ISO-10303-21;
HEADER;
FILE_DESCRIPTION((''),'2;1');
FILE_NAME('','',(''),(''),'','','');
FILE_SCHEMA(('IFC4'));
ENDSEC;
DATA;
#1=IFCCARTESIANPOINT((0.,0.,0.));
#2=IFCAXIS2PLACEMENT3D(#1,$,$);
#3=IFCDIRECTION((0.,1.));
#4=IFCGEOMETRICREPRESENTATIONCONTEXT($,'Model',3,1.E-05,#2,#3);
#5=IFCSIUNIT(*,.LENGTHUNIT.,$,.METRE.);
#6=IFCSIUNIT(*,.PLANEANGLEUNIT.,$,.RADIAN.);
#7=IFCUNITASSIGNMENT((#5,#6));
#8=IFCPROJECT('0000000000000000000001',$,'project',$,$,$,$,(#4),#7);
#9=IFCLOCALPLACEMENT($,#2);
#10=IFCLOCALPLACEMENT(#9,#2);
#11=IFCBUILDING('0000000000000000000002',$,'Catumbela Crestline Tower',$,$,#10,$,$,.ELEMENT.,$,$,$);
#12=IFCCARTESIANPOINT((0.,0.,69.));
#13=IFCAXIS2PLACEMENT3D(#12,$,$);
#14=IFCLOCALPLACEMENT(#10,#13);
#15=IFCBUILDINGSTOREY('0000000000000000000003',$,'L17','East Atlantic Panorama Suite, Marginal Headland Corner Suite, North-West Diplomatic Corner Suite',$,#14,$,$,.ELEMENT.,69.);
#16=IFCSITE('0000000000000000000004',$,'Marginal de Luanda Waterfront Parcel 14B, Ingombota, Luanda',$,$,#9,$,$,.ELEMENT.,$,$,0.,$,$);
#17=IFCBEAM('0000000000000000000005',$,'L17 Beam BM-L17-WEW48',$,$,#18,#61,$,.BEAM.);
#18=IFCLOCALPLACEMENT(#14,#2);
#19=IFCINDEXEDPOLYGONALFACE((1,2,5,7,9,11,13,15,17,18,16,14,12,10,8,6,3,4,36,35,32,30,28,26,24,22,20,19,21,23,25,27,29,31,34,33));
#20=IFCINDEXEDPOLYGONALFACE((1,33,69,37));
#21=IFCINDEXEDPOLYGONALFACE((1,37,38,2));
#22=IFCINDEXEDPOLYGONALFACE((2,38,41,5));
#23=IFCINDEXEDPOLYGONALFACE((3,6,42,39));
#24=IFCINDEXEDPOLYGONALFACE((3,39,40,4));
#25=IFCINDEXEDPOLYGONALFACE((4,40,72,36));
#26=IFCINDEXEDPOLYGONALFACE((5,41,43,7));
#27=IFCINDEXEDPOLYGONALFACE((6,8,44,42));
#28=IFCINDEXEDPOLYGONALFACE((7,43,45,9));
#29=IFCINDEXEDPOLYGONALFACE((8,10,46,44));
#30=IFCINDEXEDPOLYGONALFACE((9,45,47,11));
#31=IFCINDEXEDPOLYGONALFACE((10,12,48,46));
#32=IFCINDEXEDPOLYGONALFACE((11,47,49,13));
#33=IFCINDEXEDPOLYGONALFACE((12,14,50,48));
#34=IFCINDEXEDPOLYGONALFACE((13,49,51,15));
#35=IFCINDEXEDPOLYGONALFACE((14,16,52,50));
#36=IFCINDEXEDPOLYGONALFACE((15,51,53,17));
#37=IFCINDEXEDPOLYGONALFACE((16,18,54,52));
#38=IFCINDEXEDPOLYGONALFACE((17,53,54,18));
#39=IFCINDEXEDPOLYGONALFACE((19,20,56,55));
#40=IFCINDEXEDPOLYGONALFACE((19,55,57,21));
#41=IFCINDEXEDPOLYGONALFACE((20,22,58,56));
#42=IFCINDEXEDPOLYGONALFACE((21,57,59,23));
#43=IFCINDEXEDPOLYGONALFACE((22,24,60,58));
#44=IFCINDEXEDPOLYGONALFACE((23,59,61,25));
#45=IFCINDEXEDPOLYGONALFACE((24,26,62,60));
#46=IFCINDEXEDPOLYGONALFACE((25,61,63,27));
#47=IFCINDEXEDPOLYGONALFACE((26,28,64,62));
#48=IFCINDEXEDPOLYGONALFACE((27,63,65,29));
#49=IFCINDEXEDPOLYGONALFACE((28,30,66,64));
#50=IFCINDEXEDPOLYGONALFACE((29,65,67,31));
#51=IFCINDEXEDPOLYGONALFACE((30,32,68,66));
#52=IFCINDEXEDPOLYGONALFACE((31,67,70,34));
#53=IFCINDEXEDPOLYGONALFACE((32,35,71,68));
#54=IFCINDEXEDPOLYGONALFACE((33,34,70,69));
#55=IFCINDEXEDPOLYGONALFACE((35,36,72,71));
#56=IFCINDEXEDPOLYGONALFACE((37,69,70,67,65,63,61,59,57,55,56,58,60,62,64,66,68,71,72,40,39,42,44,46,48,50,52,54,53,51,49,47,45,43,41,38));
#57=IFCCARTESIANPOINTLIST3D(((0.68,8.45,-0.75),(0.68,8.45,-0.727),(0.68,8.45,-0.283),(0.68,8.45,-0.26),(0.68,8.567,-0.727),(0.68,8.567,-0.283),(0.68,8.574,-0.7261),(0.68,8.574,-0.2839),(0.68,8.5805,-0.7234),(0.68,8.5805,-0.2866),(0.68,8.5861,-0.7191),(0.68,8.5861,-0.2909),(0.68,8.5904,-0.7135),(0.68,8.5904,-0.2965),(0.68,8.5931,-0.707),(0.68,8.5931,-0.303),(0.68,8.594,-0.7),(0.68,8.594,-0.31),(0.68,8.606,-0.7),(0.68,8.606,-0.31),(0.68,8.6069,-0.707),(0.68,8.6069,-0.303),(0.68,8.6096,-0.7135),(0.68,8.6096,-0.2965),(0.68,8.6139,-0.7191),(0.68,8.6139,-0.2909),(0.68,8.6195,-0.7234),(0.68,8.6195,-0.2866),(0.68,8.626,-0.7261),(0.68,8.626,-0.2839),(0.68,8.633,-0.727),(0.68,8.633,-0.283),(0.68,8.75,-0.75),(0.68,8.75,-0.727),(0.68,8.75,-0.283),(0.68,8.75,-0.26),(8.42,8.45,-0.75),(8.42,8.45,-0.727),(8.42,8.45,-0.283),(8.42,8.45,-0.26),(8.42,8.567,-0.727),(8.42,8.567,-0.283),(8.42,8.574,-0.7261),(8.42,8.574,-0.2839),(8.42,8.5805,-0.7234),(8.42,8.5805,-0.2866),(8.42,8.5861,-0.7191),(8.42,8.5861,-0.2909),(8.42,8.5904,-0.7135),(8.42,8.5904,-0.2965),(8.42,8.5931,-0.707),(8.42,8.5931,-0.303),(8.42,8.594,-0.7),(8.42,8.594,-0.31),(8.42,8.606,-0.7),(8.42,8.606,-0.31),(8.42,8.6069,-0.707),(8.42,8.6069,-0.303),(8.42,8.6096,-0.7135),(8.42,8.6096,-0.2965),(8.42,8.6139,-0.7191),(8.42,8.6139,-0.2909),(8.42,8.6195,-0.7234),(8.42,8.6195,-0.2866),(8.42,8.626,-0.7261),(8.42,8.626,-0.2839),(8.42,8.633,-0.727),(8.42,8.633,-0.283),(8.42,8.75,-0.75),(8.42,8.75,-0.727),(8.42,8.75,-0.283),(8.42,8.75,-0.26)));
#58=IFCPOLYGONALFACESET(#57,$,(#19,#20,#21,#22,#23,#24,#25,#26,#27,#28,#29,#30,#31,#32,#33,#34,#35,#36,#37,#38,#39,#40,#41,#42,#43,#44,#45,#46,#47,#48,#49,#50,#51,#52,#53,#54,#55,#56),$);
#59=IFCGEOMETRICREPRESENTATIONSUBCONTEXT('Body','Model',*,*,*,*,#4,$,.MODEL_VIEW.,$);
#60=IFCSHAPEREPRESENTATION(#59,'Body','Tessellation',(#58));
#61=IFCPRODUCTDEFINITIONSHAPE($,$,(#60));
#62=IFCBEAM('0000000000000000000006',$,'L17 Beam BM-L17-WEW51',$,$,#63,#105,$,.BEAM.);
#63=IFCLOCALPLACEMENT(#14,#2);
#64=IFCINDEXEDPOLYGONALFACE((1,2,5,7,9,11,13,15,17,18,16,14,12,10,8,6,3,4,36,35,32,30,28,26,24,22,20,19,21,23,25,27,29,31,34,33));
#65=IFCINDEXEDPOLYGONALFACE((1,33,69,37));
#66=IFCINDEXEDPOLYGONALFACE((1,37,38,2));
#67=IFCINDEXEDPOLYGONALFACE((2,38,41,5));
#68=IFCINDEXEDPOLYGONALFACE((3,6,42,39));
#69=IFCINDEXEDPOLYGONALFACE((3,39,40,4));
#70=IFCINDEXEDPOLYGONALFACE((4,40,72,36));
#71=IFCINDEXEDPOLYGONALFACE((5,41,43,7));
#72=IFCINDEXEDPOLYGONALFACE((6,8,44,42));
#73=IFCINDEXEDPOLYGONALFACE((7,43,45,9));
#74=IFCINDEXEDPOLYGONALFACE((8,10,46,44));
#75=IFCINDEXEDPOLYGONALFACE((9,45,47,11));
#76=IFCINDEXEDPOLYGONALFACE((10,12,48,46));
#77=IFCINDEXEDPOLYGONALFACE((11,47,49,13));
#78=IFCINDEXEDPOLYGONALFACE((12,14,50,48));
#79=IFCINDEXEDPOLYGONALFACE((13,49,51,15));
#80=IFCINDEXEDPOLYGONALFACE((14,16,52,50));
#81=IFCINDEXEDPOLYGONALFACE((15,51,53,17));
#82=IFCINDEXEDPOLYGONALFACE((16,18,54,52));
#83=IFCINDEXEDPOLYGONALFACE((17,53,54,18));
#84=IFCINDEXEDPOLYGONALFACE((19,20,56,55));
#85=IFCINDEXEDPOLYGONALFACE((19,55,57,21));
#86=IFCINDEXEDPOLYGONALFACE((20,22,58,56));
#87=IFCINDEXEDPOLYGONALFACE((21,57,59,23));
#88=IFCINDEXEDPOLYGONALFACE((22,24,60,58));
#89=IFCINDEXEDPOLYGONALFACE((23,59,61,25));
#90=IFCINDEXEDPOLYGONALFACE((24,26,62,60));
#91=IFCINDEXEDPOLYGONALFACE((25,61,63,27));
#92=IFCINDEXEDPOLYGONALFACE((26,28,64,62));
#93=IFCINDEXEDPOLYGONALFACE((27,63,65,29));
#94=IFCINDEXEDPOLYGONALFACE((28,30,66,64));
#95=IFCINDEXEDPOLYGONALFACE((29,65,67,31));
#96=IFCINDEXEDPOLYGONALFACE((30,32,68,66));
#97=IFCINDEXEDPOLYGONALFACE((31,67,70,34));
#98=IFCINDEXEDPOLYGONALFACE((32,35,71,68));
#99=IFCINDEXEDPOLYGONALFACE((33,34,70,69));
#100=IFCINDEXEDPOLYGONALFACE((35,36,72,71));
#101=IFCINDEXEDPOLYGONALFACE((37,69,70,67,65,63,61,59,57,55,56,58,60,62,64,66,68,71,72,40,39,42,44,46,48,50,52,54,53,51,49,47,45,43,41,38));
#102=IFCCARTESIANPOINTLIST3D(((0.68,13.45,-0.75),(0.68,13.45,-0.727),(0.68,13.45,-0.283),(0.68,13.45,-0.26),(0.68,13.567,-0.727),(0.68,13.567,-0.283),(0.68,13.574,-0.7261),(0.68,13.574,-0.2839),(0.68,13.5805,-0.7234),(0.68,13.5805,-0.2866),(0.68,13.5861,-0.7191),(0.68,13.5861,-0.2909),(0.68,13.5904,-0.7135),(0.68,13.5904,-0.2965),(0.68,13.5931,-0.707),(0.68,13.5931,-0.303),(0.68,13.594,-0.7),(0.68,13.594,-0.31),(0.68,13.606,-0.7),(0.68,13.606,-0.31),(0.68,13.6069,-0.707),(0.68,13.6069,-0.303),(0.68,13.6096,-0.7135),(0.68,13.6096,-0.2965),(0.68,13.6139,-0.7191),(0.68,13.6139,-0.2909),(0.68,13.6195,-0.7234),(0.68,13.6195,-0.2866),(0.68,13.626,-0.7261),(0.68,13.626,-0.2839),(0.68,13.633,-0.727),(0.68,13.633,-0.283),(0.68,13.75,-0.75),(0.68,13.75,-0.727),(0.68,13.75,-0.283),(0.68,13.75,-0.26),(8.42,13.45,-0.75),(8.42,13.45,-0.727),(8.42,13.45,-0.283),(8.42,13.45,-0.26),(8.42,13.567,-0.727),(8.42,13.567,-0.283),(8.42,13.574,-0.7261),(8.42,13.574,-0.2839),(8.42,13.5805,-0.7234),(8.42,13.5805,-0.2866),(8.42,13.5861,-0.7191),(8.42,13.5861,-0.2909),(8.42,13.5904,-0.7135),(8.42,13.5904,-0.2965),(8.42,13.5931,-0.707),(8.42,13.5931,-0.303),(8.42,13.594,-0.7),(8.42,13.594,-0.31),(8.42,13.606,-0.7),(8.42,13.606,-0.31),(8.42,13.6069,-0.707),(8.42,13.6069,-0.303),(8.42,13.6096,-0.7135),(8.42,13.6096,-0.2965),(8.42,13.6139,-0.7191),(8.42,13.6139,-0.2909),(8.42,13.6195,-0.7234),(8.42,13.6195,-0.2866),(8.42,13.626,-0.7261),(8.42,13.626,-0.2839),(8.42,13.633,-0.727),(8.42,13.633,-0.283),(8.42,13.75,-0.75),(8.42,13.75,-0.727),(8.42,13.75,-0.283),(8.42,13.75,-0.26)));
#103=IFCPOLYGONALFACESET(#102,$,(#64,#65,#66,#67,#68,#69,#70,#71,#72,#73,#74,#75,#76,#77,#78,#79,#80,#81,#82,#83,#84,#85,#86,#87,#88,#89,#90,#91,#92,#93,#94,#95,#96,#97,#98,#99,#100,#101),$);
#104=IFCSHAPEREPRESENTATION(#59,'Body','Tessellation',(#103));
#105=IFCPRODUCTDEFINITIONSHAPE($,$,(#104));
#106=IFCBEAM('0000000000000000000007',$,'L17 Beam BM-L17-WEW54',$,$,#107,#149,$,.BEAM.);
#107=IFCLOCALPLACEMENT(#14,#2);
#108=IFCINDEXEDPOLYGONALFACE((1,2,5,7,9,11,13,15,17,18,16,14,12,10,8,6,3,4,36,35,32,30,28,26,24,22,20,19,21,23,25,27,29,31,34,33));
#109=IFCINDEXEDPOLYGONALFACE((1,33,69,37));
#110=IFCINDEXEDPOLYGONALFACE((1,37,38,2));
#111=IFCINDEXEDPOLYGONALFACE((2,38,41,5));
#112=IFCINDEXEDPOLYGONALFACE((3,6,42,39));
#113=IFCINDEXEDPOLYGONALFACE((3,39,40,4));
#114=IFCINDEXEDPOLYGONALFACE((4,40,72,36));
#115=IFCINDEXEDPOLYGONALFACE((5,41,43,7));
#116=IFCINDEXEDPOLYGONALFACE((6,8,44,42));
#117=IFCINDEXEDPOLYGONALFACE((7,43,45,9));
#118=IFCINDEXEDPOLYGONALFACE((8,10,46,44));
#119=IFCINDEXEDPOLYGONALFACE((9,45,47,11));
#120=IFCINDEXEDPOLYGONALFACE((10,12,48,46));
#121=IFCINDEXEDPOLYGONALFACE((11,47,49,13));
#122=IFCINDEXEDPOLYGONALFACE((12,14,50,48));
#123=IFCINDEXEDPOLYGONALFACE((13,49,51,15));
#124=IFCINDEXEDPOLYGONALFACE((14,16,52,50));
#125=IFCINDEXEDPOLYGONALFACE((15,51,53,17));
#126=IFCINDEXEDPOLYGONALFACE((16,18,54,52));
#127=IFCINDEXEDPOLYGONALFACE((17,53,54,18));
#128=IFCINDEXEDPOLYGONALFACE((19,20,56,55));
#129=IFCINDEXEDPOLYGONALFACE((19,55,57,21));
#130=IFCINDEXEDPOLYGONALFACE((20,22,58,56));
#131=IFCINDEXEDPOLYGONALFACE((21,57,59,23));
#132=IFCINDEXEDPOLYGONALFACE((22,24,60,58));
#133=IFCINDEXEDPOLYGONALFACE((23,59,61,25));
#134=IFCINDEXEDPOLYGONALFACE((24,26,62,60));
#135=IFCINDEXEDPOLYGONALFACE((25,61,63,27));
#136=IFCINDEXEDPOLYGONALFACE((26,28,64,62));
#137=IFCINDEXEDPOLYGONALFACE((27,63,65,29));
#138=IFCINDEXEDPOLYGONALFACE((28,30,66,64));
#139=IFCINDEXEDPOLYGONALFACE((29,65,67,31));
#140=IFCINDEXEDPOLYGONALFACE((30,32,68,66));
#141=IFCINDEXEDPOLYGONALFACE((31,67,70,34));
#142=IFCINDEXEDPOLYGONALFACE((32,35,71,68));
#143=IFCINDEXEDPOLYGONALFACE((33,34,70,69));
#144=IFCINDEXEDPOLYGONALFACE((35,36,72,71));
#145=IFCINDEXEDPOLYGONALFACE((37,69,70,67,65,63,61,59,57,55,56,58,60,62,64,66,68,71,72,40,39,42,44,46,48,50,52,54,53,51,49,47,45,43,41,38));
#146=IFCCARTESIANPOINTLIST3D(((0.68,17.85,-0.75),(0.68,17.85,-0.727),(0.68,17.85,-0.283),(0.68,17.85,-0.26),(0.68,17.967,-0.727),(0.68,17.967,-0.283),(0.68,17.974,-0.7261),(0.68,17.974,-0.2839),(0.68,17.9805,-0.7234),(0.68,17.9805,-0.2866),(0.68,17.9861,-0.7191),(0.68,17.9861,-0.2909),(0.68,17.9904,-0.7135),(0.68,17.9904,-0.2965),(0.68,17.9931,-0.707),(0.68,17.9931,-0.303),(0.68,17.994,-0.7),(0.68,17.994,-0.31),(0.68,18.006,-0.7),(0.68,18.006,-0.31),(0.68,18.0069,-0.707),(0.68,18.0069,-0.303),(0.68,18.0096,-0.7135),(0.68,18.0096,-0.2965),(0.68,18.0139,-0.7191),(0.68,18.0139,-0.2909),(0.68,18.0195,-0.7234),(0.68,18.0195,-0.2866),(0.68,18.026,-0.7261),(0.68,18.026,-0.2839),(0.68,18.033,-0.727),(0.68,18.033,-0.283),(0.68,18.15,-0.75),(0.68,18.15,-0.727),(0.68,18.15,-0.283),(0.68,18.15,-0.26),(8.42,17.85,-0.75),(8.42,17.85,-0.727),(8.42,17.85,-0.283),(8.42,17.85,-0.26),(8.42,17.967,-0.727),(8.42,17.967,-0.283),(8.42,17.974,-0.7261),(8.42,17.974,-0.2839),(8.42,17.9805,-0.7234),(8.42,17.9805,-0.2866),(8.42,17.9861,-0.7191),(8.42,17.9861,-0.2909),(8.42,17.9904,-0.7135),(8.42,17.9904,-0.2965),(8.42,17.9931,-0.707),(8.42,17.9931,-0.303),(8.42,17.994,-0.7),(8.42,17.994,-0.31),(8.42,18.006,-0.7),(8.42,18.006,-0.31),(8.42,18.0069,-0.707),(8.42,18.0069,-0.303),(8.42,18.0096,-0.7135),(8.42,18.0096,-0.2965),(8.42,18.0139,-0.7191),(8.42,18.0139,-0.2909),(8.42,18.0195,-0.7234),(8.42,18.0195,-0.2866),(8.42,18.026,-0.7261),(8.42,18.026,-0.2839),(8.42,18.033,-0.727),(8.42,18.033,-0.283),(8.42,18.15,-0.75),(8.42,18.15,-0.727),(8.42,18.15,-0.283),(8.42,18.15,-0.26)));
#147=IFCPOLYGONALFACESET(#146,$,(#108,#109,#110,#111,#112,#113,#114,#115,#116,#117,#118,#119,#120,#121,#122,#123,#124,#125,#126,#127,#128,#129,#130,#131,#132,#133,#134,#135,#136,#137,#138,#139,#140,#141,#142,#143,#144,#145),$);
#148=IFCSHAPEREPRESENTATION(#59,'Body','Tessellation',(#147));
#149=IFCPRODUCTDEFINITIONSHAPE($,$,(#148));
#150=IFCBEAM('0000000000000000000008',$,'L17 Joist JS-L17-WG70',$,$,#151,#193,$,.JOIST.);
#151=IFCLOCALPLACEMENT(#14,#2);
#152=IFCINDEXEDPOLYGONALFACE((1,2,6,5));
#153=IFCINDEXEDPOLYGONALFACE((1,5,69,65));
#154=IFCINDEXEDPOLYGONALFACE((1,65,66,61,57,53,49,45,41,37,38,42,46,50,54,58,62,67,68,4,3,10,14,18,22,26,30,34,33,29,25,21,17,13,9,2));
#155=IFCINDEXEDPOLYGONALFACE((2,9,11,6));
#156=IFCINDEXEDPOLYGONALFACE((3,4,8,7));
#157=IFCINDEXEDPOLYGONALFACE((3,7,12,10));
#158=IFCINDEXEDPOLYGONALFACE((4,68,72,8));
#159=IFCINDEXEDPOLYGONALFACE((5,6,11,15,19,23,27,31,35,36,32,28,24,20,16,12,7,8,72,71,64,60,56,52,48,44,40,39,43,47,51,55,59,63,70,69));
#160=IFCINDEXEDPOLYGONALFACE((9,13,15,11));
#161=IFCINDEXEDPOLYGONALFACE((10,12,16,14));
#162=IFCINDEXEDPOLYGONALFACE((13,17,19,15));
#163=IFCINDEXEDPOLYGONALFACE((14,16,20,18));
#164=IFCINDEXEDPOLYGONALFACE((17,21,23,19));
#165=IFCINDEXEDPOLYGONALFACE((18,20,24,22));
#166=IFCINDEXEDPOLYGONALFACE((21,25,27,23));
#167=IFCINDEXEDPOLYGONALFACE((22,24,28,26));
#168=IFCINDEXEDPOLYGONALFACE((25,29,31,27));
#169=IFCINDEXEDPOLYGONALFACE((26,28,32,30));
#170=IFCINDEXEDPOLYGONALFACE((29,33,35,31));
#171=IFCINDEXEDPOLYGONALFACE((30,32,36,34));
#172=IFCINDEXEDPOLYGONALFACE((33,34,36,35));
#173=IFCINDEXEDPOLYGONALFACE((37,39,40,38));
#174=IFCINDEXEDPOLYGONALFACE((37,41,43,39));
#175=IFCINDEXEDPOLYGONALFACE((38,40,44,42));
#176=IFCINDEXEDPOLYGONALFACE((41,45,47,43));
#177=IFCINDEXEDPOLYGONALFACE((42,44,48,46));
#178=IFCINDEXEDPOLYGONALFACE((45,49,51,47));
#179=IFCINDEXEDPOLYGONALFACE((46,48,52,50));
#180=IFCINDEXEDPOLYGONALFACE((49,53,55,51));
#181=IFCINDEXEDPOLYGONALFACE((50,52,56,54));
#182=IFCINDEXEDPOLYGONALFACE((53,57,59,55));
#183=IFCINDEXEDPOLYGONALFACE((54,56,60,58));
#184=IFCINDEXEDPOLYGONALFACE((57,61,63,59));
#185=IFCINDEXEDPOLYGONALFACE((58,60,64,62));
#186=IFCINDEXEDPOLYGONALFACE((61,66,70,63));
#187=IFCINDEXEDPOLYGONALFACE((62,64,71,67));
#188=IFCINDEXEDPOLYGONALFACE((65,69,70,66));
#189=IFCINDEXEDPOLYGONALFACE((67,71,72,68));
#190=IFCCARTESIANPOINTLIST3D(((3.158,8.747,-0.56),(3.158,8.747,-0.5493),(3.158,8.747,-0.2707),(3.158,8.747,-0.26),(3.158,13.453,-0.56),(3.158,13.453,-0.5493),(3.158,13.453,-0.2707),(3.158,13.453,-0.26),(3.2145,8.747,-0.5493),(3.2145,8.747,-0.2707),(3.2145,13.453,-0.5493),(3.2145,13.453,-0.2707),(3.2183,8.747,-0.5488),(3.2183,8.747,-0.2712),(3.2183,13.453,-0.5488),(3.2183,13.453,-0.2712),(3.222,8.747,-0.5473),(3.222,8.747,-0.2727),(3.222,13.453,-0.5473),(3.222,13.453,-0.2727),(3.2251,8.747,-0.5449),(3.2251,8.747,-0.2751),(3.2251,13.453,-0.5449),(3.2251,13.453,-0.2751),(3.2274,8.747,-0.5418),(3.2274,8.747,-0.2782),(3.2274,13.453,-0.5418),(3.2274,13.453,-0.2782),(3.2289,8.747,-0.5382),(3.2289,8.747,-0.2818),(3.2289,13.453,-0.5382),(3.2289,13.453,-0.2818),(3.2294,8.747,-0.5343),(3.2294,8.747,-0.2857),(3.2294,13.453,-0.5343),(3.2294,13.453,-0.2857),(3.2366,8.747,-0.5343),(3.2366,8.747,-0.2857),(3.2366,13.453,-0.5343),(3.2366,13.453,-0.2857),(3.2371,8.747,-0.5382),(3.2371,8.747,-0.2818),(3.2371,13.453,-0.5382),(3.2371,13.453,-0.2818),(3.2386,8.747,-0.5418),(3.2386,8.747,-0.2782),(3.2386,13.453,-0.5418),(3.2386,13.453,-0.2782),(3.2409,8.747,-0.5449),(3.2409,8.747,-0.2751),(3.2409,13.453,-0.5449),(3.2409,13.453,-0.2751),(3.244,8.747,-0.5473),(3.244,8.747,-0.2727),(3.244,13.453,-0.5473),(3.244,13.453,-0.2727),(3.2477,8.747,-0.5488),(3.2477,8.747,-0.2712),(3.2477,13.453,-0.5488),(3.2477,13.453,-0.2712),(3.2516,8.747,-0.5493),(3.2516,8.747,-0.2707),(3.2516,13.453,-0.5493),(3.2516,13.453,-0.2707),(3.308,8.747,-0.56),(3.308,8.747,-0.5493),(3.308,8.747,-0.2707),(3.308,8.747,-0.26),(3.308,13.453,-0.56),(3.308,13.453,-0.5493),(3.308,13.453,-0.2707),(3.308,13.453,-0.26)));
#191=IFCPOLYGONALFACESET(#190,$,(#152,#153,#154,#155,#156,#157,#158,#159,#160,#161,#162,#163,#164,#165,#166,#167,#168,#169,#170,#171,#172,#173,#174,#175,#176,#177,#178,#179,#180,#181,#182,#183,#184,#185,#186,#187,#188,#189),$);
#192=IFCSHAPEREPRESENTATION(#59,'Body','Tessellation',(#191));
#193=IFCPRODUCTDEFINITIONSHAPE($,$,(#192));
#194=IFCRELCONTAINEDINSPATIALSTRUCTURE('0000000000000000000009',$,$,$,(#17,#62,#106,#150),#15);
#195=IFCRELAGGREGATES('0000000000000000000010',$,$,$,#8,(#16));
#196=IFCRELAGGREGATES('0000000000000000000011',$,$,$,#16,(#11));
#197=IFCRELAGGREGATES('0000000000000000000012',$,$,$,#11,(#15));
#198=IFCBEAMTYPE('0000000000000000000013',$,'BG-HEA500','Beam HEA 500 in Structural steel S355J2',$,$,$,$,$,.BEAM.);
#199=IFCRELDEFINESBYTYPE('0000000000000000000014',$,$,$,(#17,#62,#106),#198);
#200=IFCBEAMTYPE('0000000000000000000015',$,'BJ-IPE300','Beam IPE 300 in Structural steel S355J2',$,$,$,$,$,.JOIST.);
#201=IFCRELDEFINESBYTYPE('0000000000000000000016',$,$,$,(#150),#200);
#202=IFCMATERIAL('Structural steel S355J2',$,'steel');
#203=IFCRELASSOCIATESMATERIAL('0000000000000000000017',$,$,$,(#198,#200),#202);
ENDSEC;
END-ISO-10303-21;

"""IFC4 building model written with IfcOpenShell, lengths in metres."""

from ifc_helpers import new_model, si_unit, direction, frame, origin, origin_2d, place, context, subcontext, project, spatial, i_section, extrude, material, material_profile, profile_set, type_object, element, save


model = new_model("IFC4")

# Units and contexts
model_context = context("Model", 3, precision=1e-05, world=origin(), true_north=direction((0.0, 1.0)))
body_context = subcontext(model_context, "Body", "Model", "MODEL_VIEW")
ifc_project = project(units=[si_unit("LENGTHUNIT", "METRE"), si_unit("PLANEANGLEUNIT", "RADIAN")], contexts=[model_context])

# Site, building, storey
site_placement = place(None, origin())
site = spatial("IfcSite", under=ifc_project, at=site_placement, Name="Marginal de Luanda Waterfront Parcel 14B, Ingombota, Luanda", CompositionType="ELEMENT", RefElevation=0.0)
building_placement = place(site_placement, origin())
building = spatial("IfcBuilding", under=site, at=building_placement, Name="Catumbela Crestline Tower", CompositionType="ELEMENT")
storey_placement = place(building_placement, frame((0.0, 0.0, 69.0)))
storey = spatial("IfcBuildingStorey", under=building, at=storey_placement, Name="L17", Description="East Atlantic Panorama Suite, Marginal Headland Corner Suite, North-West Diplomatic Corner Suite", CompositionType="ELEMENT", Elevation=69.0)

# Beams
ifc_material_1 = material(Name="Structural steel S355J2", Category="steel")
ifc_material_profile_1 = material_profile(ifc_material_1, i_section(OverallWidth=0.3, OverallDepth=0.49, WebThickness=0.012, FlangeThickness=0.023, FilletRadius=0.027, at=origin_2d()), Name="HEA 500")
ifc_profile_set_1 = profile_set([ifc_material_profile_1], Name="Structural steel S355J2")
beam_type_1 = type_object("IfcBeamType", Name="BG-HEA500", Description="Beam HEA 500 in Structural steel S355J2", PredefinedType="BEAM", material=ifc_profile_set_1)
for number, where, z_axis, x_axis, name in (
    (1, (0.68, 8.6, -0.505), (1.0, 0.0, 0.0), (0.0, 1.0, 0.0), "L17 Beam BM-L17-WEW48"),
    (2, (0.68, 13.6, -0.505), (1.0, 0.0, 0.0), (0.0, 1.0, 0.0), "L17 Beam BM-L17-WEW51"),
    (3, (0.68, 18.0, -0.505), (1.0, 0.0, 0.0), (0.0, 1.0, 0.0), "L17 Beam BM-L17-WEW54"),
):
    element("IfcBeam", number, at=place(storey_placement, frame(where, z_axis=z_axis, x_axis=x_axis)), inside=storey, type_object=beam_type_1, Name=name, PredefinedType="BEAM", context=body_context, shape_type="SweptSolid", body=[
        extrude(i_section(OverallWidth=0.3, OverallDepth=0.49, WebThickness=0.012, FlangeThickness=0.023, FilletRadius=0.027, at=origin_2d()), origin(), (0.0, 0.0, 1.0), 7.74),
    ])
ifc_material_profile_2 = material_profile(ifc_material_1, i_section(OverallWidth=0.15, OverallDepth=0.3, WebThickness=0.0071, FlangeThickness=0.0107, FilletRadius=0.015, at=origin_2d()), Name="IPE 300")
ifc_profile_set_2 = profile_set([ifc_material_profile_2], Name="Structural steel S355J2")
beam_type_2 = type_object("IfcBeamType", Name="BJ-IPE300", Description="Beam IPE 300 in Structural steel S355J2", PredefinedType="JOIST", material=ifc_profile_set_2)
for number, where, z_axis, x_axis, name in (
    (4, (3.233, 8.747, -0.41), (0.0, 1.0, 0.0), (-1.0, 0.0, 0.0), "L17 Joist JS-L17-WG70"),
):
    element("IfcBeam", number, at=place(storey_placement, frame(where, z_axis=z_axis, x_axis=x_axis)), inside=storey, type_object=beam_type_2, Name=name, PredefinedType="JOIST", context=body_context, shape_type="SweptSolid", body=[
        extrude(i_section(OverallWidth=0.15, OverallDepth=0.3, WebThickness=0.0071, FlangeThickness=0.0107, FilletRadius=0.015, at=origin_2d()), origin(), (0.0, 0.0, 1.0), 4.706),
    ])

save(model, "model.ifc")
